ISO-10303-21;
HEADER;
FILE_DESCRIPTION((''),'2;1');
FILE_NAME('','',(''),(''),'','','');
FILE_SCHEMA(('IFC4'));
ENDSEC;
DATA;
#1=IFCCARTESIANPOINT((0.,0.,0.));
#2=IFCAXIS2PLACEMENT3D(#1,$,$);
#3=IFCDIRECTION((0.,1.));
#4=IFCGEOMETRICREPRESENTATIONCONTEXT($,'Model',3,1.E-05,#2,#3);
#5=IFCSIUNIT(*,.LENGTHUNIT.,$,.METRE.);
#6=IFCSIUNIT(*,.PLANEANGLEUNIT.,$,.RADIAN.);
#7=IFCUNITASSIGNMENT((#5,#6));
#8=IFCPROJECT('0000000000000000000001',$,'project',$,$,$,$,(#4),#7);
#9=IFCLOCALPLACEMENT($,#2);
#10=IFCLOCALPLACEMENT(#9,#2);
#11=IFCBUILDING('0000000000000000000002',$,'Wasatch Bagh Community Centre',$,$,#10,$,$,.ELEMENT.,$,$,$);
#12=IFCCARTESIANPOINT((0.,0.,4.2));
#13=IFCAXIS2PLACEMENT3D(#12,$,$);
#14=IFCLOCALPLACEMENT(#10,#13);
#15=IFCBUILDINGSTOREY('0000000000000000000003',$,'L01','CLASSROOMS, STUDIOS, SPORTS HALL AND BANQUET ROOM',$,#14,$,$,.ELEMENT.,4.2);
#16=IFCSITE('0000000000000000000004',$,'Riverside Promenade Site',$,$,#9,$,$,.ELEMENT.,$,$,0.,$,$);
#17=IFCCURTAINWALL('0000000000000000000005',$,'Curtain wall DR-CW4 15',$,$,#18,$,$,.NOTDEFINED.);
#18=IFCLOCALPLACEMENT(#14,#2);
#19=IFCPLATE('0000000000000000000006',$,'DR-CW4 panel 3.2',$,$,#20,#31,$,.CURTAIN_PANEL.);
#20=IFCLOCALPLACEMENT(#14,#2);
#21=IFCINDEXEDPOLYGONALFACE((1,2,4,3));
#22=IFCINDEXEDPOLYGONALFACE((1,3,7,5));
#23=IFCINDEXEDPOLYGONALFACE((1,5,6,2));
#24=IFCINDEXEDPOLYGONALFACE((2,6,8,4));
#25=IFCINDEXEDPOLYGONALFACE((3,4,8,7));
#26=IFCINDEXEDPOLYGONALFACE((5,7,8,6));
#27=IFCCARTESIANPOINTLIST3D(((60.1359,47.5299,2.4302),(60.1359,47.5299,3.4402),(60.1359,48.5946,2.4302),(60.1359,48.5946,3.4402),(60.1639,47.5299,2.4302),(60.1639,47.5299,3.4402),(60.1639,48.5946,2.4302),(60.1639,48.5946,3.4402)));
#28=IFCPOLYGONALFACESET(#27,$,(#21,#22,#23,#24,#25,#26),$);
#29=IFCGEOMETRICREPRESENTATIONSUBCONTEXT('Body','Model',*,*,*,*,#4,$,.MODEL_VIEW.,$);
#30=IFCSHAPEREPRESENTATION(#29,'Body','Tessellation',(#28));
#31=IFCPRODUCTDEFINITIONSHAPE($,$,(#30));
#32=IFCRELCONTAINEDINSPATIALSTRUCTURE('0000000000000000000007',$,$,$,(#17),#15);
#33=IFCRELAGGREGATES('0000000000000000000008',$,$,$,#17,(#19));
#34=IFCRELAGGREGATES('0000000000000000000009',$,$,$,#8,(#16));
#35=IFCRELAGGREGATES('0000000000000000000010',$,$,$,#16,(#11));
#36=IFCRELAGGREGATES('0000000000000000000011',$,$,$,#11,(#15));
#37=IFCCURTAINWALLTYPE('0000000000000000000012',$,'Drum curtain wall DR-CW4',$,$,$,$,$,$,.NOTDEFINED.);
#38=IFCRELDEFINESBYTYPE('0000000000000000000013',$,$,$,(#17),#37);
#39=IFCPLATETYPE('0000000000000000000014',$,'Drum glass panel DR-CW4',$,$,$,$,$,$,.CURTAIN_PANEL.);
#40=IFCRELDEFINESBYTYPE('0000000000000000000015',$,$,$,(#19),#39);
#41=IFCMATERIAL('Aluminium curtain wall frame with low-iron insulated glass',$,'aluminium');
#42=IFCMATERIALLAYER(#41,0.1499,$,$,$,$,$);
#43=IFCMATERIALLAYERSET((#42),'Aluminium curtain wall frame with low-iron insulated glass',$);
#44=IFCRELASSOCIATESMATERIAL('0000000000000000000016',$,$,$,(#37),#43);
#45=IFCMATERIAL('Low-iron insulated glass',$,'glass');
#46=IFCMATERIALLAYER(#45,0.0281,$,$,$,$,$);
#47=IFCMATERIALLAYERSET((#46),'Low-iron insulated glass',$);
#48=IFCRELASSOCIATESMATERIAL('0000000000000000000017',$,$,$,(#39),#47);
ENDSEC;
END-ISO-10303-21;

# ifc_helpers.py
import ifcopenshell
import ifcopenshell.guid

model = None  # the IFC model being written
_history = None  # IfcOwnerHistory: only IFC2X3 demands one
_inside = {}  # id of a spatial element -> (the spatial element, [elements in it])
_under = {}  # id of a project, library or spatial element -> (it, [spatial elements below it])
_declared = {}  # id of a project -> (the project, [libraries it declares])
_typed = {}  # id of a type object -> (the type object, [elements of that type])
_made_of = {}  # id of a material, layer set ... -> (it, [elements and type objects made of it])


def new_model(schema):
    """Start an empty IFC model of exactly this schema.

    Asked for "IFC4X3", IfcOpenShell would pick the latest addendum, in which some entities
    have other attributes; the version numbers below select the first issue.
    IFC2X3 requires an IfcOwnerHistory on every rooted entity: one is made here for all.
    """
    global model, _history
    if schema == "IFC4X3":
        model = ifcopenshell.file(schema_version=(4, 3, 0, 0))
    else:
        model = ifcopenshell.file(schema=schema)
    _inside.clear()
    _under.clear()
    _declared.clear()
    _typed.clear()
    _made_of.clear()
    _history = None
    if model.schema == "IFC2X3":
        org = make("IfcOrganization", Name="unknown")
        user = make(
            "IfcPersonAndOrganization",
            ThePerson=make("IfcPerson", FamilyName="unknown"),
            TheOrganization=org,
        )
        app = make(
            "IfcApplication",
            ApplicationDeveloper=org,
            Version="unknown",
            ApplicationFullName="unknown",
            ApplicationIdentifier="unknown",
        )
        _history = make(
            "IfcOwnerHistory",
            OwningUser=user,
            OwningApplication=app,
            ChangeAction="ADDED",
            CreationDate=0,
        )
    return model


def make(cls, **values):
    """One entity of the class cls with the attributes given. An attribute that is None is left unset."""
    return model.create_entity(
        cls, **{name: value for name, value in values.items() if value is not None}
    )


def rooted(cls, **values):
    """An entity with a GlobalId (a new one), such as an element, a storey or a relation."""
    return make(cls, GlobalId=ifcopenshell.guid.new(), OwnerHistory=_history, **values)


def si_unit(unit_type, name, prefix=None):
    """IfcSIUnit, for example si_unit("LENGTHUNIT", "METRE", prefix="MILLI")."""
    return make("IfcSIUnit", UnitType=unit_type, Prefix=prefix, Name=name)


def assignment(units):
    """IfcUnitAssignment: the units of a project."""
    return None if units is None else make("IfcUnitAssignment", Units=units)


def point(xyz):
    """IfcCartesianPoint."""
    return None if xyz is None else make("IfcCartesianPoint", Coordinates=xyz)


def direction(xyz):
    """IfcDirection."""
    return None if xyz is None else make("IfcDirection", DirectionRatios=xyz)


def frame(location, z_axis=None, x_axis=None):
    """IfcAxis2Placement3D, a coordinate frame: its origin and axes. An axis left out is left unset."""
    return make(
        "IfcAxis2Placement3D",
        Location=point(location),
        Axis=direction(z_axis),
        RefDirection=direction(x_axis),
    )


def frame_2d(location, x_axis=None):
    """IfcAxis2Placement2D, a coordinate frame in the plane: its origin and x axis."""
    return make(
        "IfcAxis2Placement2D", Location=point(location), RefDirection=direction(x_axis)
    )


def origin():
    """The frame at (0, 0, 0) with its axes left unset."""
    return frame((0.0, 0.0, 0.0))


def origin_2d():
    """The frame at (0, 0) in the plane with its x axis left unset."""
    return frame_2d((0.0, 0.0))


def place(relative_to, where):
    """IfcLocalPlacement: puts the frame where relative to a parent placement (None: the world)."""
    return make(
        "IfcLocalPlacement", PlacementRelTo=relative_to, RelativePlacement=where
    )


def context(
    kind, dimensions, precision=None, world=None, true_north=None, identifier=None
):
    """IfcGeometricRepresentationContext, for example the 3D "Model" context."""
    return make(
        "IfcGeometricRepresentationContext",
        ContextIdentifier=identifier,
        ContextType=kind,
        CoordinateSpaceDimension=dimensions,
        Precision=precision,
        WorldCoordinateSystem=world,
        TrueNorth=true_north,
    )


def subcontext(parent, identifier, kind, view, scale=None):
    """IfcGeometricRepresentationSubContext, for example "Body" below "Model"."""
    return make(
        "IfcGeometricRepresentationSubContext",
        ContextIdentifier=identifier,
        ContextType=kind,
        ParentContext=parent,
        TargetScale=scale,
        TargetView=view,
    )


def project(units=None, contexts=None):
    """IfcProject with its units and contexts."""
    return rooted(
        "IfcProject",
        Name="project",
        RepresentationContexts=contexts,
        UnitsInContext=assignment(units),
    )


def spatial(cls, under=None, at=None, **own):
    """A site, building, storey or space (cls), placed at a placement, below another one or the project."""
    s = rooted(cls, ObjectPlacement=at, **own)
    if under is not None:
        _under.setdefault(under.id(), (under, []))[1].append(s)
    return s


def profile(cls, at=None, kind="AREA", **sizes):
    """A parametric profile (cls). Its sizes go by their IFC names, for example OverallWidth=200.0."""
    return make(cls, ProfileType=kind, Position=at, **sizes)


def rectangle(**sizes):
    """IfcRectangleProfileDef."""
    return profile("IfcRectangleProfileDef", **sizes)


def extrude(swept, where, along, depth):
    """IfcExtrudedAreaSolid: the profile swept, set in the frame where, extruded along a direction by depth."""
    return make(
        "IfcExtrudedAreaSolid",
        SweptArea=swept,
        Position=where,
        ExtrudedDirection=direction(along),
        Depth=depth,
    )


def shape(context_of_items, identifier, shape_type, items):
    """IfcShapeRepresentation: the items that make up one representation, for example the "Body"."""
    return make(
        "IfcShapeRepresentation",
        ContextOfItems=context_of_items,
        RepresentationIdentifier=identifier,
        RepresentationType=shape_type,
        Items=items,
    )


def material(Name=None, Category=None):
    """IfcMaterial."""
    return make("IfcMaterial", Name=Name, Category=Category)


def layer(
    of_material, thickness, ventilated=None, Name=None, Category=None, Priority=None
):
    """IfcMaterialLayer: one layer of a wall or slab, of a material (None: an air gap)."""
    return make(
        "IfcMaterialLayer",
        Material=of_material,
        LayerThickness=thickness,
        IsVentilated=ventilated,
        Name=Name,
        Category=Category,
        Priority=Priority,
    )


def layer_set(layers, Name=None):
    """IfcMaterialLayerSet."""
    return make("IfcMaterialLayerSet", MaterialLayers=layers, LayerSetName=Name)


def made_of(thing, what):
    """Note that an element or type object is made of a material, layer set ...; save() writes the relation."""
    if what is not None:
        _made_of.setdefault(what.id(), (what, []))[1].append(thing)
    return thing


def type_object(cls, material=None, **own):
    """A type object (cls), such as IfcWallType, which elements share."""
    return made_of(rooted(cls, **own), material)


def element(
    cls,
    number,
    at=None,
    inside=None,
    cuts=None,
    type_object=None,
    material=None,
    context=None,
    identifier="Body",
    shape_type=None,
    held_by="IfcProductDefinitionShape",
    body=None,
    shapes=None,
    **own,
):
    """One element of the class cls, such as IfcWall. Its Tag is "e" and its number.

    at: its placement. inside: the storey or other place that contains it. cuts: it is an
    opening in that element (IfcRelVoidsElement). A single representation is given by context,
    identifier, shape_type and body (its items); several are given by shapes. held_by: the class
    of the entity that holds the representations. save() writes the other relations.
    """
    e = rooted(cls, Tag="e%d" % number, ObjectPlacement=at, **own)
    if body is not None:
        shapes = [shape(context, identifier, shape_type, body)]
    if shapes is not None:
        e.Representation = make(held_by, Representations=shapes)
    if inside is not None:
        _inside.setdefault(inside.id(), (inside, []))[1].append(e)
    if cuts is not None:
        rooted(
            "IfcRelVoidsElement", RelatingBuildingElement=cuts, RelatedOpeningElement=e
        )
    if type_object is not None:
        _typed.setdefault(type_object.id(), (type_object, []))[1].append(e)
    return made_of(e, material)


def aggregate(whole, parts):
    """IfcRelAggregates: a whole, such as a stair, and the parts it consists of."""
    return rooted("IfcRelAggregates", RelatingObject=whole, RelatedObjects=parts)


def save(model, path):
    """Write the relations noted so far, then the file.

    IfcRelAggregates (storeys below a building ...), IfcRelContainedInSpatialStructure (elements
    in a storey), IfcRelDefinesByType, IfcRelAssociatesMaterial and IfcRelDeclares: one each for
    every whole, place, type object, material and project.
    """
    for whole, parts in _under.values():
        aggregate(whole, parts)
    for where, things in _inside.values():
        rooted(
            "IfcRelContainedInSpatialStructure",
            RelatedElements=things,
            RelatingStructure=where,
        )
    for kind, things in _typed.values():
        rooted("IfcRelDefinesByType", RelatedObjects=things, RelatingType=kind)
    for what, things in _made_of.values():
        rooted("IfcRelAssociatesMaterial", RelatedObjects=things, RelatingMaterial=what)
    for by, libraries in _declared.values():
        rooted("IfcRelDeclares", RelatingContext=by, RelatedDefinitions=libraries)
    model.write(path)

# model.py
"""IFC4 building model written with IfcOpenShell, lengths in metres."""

from ifc_helpers import new_model, si_unit, direction, frame, origin, origin_2d, place, context, subcontext, project, spatial, rectangle, extrude, material, layer, layer_set, type_object, element, aggregate, save


model = new_model("IFC4")

# Units and contexts
model_context = context("Model", 3, precision=1e-05, world=origin(), true_north=direction((0.0, 1.0)))
body_context = subcontext(model_context, "Body", "Model", "MODEL_VIEW")
ifc_project = project(units=[si_unit("LENGTHUNIT", "METRE"), si_unit("PLANEANGLEUNIT", "RADIAN")], contexts=[model_context])

# Site, building, storey
site_placement = place(None, origin())
site = spatial("IfcSite", under=ifc_project, at=site_placement, Name="Riverside Promenade Site", CompositionType="ELEMENT", RefElevation=0.0)
building_placement = place(site_placement, origin())
building = spatial("IfcBuilding", under=site, at=building_placement, Name="Wasatch Bagh Community Centre", CompositionType="ELEMENT")
storey_placement = place(building_placement, frame((0.0, 0.0, 4.2)))
storey = spatial("IfcBuildingStorey", under=building, at=storey_placement, Name="L01", Description="CLASSROOMS, STUDIOS, SPORTS HALL AND BANQUET ROOM", CompositionType="ELEMENT", Elevation=4.2)

# Curtain wall
ifc_material_1 = material(Name="Aluminium curtain wall frame with low-iron insulated glass", Category="aluminium")
ifc_layer_1 = layer(ifc_material_1, 0.1499)
ifc_layer_set_1 = layer_set([ifc_layer_1], Name="Aluminium curtain wall frame with low-iron insulated glass")
curtain_wall_type = type_object("IfcCurtainWallType", Name="Drum curtain wall DR-CW4", PredefinedType="NOTDEFINED", material=ifc_layer_set_1)
curtain_wall_1_placement = place(storey_placement, origin())
curtain_wall_1 = element("IfcCurtainWall", 1, at=curtain_wall_1_placement, inside=storey, type_object=curtain_wall_type, Name="Curtain wall DR-CW4 15", PredefinedType="NOTDEFINED")

# Plate
ifc_material_2 = material(Name="Low-iron insulated glass", Category="glass")
ifc_layer_2 = layer(ifc_material_2, 0.0281)
ifc_layer_set_2 = layer_set([ifc_layer_2], Name="Low-iron insulated glass")
plate_type = type_object("IfcPlateType", Name="Drum glass panel DR-CW4", PredefinedType="CURTAIN_PANEL", material=ifc_layer_set_2)
plate_1_placement = place(storey_placement, frame((60.1499, 48.0623, 2.4302), z_axis=(0.0, 0.0, 1.0), x_axis=(0.0, 1.0, 0.0)))
plate_1 = element("IfcPlate", 2, at=plate_1_placement, type_object=plate_type, Name="DR-CW4 panel 3.2", PredefinedType="CURTAIN_PANEL", context=body_context, shape_type="SweptSolid", body=[
    extrude(rectangle(XDim=1.0647, YDim=0.0281, at=origin_2d()), origin(), (0.0, 0.0, 1.0), 1.01),
])
aggregate(curtain_wall_1, [plate_1])

save(model, "model.ifc")
